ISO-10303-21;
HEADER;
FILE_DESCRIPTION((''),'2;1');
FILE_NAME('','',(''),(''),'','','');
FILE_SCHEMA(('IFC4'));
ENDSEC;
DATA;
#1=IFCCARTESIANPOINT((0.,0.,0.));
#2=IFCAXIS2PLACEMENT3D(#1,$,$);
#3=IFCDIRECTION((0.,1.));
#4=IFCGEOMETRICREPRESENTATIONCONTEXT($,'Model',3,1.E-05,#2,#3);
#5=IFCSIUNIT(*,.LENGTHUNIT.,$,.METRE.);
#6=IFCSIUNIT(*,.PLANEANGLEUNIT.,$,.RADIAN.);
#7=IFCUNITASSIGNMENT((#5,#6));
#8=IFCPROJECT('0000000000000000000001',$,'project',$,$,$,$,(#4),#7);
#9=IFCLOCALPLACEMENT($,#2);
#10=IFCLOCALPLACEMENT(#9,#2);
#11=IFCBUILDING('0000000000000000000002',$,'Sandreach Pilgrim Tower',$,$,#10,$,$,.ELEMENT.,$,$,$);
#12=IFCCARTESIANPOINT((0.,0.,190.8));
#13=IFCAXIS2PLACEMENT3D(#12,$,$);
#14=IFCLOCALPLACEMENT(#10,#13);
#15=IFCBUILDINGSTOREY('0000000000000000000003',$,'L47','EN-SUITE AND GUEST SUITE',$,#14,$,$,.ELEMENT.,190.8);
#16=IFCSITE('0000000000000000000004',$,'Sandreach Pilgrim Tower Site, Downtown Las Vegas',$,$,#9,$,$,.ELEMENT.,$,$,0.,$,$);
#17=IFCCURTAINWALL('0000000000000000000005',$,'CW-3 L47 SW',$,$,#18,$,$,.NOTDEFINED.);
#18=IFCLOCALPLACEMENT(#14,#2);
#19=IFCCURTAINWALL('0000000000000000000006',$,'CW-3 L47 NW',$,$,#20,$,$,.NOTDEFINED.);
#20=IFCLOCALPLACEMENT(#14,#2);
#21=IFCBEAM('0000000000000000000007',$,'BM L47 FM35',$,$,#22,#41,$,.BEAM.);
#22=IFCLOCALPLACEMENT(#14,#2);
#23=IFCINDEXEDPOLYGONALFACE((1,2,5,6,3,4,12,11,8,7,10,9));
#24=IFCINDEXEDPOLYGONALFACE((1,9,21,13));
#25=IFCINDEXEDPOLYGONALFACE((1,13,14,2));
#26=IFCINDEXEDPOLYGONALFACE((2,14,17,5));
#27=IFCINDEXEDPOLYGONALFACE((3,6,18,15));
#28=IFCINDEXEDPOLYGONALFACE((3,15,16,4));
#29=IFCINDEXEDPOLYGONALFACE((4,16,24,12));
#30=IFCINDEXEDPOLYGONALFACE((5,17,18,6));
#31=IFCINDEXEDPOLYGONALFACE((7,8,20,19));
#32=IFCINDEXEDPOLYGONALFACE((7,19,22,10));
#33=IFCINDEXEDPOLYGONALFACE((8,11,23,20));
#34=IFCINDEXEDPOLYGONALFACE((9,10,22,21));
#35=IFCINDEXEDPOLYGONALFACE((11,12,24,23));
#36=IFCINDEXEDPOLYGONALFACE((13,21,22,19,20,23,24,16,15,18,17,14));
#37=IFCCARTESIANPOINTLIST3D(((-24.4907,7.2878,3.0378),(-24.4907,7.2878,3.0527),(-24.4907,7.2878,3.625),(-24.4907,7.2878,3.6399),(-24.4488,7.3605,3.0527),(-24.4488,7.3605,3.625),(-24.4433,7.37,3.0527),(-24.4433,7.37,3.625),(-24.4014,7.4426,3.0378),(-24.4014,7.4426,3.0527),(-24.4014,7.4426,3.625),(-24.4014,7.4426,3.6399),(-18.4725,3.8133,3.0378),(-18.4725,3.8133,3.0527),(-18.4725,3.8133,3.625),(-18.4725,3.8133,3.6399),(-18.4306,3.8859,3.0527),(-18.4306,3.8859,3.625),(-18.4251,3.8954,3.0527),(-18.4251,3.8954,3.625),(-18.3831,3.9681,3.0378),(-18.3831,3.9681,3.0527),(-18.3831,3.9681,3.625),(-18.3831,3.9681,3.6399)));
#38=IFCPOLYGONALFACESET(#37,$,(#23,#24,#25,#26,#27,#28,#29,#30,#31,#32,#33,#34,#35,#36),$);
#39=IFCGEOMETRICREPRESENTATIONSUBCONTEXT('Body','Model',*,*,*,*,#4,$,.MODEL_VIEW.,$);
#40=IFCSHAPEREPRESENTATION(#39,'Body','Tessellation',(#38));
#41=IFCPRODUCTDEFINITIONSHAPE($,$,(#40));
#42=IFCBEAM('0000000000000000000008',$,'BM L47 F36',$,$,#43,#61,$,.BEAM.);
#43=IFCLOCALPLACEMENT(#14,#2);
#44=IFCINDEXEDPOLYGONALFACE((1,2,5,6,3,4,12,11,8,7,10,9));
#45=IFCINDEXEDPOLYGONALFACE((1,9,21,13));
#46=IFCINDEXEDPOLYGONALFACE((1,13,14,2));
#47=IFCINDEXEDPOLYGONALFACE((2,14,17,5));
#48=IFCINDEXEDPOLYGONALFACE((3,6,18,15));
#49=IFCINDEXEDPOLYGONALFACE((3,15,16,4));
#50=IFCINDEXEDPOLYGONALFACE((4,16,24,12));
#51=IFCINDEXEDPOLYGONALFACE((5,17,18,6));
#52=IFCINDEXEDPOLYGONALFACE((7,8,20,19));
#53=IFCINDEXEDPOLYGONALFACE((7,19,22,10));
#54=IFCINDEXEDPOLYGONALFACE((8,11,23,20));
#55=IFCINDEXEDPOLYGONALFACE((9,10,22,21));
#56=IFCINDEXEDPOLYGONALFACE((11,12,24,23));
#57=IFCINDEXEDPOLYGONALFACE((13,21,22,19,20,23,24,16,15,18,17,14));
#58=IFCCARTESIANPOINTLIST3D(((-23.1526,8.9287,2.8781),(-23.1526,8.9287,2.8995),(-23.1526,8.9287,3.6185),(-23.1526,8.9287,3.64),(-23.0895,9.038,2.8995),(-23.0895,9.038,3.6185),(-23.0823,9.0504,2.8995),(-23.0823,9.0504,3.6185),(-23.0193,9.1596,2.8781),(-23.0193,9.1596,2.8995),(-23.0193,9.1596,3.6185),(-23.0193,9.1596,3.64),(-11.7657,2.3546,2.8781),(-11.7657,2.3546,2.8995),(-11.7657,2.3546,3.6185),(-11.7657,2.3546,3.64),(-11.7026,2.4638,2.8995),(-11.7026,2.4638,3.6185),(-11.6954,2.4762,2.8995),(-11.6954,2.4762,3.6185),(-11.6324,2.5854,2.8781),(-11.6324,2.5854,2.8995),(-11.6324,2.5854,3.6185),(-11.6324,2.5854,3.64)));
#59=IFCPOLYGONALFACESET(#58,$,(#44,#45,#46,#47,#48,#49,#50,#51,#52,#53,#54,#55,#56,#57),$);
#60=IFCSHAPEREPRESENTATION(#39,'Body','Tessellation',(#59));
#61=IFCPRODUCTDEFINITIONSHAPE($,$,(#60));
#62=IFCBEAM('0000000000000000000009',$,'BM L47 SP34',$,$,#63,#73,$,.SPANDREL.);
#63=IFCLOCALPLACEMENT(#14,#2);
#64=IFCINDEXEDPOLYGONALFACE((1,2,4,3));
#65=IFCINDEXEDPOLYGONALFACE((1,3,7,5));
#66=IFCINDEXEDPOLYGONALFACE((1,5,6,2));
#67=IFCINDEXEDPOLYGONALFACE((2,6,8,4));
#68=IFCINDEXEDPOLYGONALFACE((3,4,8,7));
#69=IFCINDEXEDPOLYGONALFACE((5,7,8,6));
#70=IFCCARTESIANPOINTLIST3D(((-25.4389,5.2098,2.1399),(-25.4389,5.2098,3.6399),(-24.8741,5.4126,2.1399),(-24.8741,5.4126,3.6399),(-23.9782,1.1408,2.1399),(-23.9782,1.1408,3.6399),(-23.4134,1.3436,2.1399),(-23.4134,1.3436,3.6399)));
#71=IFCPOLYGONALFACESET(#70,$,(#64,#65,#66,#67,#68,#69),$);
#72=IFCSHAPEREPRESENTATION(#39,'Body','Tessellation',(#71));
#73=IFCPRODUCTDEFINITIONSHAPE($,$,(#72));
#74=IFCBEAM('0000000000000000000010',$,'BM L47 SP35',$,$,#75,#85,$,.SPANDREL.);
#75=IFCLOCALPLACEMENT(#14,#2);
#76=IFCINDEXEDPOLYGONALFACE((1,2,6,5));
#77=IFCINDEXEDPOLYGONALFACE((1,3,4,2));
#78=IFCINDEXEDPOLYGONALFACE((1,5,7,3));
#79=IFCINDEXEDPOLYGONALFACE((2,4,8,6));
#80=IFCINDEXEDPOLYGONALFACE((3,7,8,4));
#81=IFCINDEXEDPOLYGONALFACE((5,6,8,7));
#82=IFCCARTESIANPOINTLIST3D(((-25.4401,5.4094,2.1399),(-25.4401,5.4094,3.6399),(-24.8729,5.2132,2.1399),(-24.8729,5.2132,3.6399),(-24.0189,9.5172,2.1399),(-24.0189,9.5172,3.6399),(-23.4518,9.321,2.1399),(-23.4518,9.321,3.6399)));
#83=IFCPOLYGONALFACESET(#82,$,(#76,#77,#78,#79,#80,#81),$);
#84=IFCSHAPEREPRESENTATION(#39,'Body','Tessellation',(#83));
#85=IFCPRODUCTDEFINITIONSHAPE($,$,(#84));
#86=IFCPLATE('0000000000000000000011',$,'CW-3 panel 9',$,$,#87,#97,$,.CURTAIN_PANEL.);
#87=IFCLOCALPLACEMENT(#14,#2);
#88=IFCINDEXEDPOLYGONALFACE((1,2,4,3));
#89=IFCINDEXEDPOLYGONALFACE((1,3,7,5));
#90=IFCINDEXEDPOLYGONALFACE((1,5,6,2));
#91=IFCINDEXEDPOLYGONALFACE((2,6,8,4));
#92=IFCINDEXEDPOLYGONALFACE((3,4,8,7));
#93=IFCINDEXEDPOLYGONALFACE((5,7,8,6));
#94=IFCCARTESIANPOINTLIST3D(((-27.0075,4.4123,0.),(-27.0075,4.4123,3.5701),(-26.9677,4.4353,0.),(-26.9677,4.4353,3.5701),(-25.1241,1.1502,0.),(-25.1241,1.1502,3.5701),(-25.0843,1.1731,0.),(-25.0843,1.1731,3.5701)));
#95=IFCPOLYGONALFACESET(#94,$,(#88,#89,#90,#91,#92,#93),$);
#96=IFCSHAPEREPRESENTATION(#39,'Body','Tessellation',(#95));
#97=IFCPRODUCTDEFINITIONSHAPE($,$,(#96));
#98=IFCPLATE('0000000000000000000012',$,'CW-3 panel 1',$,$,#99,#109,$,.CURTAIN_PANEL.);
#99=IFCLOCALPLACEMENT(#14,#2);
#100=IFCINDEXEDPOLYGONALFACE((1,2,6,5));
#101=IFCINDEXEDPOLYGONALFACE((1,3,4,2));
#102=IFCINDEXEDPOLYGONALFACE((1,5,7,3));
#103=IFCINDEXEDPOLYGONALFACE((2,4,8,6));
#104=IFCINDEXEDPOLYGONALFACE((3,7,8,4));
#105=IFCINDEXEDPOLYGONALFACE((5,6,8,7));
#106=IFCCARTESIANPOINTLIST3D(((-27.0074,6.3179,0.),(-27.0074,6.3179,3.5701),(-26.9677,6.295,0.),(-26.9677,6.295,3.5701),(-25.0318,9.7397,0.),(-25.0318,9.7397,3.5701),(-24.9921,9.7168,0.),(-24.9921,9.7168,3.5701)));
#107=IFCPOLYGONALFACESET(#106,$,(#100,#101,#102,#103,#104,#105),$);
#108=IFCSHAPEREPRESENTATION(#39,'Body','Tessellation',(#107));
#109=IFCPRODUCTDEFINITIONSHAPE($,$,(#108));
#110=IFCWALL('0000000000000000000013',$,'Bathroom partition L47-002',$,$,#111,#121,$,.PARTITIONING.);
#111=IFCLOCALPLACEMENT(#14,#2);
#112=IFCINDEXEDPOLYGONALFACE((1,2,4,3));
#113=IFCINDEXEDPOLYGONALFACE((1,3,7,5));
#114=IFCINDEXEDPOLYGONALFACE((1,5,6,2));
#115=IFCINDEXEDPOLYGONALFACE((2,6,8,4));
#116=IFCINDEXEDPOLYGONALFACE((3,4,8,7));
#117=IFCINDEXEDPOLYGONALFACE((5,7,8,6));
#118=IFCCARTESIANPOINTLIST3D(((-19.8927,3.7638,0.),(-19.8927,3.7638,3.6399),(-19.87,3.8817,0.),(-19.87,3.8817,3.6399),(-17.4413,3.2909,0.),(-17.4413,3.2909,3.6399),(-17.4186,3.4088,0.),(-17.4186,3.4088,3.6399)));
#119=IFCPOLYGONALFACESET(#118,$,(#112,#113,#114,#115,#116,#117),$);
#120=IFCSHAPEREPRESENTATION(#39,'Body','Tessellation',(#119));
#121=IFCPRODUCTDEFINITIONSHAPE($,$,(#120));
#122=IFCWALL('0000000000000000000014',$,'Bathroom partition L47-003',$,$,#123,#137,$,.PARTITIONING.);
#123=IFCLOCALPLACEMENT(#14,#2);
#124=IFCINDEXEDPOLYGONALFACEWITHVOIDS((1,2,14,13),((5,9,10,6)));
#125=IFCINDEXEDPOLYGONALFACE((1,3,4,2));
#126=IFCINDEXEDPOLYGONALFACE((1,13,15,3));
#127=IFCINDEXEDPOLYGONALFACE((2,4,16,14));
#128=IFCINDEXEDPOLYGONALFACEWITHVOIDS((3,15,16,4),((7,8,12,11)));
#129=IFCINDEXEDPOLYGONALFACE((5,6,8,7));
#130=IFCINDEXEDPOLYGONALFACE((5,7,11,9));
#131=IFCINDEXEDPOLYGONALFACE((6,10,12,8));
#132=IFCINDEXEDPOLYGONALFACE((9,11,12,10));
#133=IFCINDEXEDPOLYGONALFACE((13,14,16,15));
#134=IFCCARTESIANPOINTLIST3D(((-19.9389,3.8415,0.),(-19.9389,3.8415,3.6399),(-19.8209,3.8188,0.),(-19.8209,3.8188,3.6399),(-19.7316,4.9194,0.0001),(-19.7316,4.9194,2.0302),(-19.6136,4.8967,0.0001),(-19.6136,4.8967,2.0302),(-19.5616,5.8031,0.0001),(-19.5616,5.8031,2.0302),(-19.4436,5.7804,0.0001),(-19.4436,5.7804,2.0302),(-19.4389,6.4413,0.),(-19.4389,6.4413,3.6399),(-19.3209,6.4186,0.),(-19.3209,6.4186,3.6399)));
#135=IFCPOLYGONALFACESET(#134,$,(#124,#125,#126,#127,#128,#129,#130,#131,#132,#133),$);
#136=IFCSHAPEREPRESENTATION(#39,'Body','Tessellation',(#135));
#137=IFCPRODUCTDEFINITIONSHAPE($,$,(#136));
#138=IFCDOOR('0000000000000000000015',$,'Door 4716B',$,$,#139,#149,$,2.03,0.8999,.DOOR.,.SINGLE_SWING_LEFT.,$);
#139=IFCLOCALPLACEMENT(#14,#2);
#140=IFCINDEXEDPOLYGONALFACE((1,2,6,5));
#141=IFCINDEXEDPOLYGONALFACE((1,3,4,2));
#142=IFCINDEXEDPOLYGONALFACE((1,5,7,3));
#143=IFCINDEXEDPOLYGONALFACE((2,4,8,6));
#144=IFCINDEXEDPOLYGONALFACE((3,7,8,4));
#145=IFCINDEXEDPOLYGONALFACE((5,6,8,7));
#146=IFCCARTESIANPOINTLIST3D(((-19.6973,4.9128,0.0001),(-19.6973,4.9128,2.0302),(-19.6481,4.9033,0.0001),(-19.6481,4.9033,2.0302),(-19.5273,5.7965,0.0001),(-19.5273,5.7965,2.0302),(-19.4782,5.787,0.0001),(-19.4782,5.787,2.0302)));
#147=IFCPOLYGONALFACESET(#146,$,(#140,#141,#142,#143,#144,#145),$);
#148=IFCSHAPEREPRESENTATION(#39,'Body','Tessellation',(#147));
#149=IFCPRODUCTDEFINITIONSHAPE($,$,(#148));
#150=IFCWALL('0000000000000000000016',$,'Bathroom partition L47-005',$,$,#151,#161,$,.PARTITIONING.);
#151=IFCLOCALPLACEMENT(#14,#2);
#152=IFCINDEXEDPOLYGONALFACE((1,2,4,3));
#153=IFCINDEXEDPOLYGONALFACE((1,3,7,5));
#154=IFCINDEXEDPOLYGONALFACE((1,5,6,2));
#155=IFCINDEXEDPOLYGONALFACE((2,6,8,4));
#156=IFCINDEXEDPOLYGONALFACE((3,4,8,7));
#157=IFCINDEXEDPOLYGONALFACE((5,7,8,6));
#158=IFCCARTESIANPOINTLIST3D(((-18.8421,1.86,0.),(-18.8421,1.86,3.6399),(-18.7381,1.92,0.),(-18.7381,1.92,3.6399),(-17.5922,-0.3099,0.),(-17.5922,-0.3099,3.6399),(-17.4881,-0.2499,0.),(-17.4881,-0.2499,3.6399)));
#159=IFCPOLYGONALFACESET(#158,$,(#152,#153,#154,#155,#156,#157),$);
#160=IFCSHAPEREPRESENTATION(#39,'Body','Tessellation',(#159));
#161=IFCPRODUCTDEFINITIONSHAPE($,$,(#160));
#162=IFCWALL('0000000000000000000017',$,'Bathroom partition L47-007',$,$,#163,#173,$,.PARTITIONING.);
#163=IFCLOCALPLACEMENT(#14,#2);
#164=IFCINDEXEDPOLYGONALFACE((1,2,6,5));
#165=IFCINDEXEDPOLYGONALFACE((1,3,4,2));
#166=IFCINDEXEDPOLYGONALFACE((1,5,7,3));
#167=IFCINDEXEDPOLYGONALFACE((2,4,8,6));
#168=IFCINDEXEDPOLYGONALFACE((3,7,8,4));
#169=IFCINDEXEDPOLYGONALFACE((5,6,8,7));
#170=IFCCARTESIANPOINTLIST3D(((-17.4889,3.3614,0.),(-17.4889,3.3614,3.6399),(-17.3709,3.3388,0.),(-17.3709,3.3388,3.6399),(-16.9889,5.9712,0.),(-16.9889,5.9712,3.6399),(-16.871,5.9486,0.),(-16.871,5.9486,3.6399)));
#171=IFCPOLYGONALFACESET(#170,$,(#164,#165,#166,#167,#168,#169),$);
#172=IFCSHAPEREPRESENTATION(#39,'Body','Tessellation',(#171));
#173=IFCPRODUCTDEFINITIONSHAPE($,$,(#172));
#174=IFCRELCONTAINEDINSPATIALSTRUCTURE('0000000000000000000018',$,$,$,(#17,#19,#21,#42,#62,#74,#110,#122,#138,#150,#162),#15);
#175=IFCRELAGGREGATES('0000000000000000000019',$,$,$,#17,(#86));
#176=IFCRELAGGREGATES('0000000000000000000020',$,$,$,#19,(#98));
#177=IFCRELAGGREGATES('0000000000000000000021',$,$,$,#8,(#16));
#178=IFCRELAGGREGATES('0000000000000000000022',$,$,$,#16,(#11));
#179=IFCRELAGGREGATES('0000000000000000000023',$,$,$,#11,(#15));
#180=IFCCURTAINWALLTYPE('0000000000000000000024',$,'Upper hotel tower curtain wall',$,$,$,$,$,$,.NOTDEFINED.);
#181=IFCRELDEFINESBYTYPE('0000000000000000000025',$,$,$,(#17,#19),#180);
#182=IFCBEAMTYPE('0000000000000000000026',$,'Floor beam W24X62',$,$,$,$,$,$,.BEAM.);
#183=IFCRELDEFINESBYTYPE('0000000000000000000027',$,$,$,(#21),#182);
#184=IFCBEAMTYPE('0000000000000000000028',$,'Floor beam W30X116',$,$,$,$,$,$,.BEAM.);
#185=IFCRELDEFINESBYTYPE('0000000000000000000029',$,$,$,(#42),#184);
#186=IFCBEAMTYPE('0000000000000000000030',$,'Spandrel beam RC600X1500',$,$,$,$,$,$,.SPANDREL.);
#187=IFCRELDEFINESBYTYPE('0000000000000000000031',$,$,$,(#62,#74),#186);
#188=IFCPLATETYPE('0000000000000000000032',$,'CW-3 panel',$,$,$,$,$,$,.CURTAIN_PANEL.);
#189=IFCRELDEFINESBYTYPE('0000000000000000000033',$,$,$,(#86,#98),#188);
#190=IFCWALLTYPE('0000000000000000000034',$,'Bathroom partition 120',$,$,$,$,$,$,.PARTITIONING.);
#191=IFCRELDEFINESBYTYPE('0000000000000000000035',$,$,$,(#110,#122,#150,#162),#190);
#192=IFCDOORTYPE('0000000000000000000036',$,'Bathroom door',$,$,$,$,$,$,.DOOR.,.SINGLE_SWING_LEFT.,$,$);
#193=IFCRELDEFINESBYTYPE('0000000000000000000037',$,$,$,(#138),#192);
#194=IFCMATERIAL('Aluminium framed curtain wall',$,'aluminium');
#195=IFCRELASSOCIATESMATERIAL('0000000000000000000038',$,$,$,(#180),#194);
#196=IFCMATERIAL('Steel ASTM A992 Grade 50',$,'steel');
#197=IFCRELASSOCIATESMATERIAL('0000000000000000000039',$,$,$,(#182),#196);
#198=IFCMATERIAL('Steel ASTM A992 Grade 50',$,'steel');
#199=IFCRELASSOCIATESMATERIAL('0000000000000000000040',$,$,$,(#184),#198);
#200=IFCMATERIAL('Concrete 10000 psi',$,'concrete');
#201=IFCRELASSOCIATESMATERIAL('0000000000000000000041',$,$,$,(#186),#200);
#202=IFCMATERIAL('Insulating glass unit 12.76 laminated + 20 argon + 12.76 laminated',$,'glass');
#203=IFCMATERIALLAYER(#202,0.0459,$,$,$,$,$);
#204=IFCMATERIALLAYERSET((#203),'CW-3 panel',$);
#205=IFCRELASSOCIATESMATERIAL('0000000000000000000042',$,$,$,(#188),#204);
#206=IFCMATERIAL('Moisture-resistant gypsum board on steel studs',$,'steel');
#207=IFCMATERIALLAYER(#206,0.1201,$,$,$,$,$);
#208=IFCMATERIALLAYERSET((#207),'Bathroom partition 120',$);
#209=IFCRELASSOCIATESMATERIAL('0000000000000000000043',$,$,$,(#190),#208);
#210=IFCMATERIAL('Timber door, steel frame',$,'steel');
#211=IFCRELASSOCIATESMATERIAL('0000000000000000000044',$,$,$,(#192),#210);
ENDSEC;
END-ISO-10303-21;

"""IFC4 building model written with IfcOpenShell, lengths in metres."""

from ifc_helpers import new_model, si_unit, direction, frame, frame_2d, origin, origin_2d, place, context, subcontext, project, spatial, rectangle, i_section, extrude, material, layer, layer_set, material_profile, profile_set, type_object, element, fill, aggregate, save


model = new_model("IFC4")

# Units and contexts
model_context = context("Model", 3, precision=1e-05, world=origin(), true_north=direction((0.0, 1.0)))
body_context = subcontext(model_context, "Body", "Model", "MODEL_VIEW")
ifc_project = project(units=[si_unit("LENGTHUNIT", "METRE"), si_unit("PLANEANGLEUNIT", "RADIAN")], contexts=[model_context])

# Site, building, storey
site_placement = place(None, origin())
site = spatial("IfcSite", under=ifc_project, at=site_placement, Name="Sandreach Pilgrim Tower Site, Downtown Las Vegas", CompositionType="ELEMENT", RefElevation=0.0)
building_placement = place(site_placement, origin())
building = spatial("IfcBuilding", under=site, at=building_placement, Name="Sandreach Pilgrim Tower", CompositionType="ELEMENT")
storey_placement = place(building_placement, frame((0.0, 0.0, 190.8)))
storey = spatial("IfcBuildingStorey", under=building, at=storey_placement, Name="L47", Description="EN-SUITE AND GUEST SUITE", CompositionType="ELEMENT", Elevation=190.8)

# Curtain wall
ifc_material_1 = material(Name="Aluminium framed curtain wall", Category="aluminium")
curtain_wall_type = type_object("IfcCurtainWallType", Name="Upper hotel tower curtain wall", PredefinedType="NOTDEFINED", material=ifc_material_1)
curtain_wall_1_placement = place(storey_placement, origin())
curtain_wall_1 = element("IfcCurtainWall", 1, at=curtain_wall_1_placement, inside=storey, type_object=curtain_wall_type, Name="CW-3 L47 SW", PredefinedType="NOTDEFINED")

# Curtain wall
curtain_wall_2_placement = place(storey_placement, origin())
curtain_wall_2 = element("IfcCurtainWall", 2, at=curtain_wall_2_placement, inside=storey, type_object=curtain_wall_type, Name="CW-3 L47 NW", PredefinedType="NOTDEFINED")

# Beams
ifc_material_2 = material(Name="Steel ASTM A992 Grade 50", Category="steel")
ifc_material_profile_1 = material_profile(ifc_material_2, i_section(OverallWidth=0.1787, OverallDepth=0.6021, WebThickness=0.011, FlangeThickness=0.0149, at=origin_2d()), Name="W24X62")
ifc_profile_set_1 = profile_set([ifc_material_profile_1], Name="Steel ASTM A992 Grade 50")
beam_type_1 = type_object("IfcBeamType", Name="Floor beam W24X62", PredefinedType="BEAM", material=ifc_profile_set_1)
beam_1_placement = place(storey_placement, frame((-24.446, 7.3652, 3.3389), z_axis=(0.866029, -0.499993, 0.0), x_axis=(0.499993, 0.866029, 0.0)))
element("IfcBeam", 3, at=beam_1_placement, inside=storey, type_object=beam_type_1, Name="BM L47 FM35", PredefinedType="BEAM", context=body_context, shape_type="SweptSolid", body=[
    extrude(i_section(OverallWidth=0.1787, OverallDepth=0.6021, WebThickness=0.011, FlangeThickness=0.0149, at=origin_2d()), origin(), (0.0, 0.0, 1.0), 6.9492),
])
ifc_material_3 = material(Name="Steel ASTM A992 Grade 50", Category="steel")
ifc_material_profile_2 = material_profile(ifc_material_3, i_section(OverallWidth=0.2666, OverallDepth=0.762, WebThickness=0.0144, FlangeThickness=0.0215, at=origin_2d()), Name="W30X116")
ifc_profile_set_2 = profile_set([ifc_material_profile_2], Name="Steel ASTM A992 Grade 50")
beam_type_2 = type_object("IfcBeamType", Name="Floor beam W30X116", PredefinedType="BEAM", material=ifc_profile_set_2)
beam_2_placement = place(storey_placement, frame((-23.0859, 9.0442, 3.259), z_axis=(0.866027, -0.499997, 0.0), x_axis=(0.499997, 0.866027, 0.0)))
element("IfcBeam", 4, at=beam_2_placement, inside=storey, type_object=beam_type_2, Name="BM L47 F36", PredefinedType="BEAM", context=body_context, shape_type="SweptSolid", body=[
    extrude(i_section(OverallWidth=0.2666, OverallDepth=0.762, WebThickness=0.0144, FlangeThickness=0.0215, at=origin_2d()), origin(), (0.0, 0.0, 1.0), 13.1484),
])
ifc_material_4 = material(Name="Concrete 10000 psi", Category="concrete")
ifc_material_profile_3 = material_profile(ifc_material_4, rectangle(XDim=0.6001, YDim=1.5, at=origin_2d()), Name="RC600X1500")
ifc_profile_set_3 = profile_set([ifc_material_profile_3], Name="Concrete 10000 psi")
beam_type_3 = type_object("IfcBeamType", Name="Spandrel beam RC600X1500", PredefinedType="SPANDREL", material=ifc_profile_set_3)
beam_3_placement = place(storey_placement, frame((-23.6958, 1.2422, 2.8899), z_axis=(-0.337863, 0.941195, 0.0), x_axis=(-0.941195, -0.337863, 0.0)))
element("IfcBeam", 5, at=beam_3_placement, inside=storey, type_object=beam_type_3, Name="BM L47 SP34", PredefinedType="SPANDREL", context=body_context, shape_type="SweptSolid", body=[
    extrude(rectangle(XDim=0.6001, YDim=1.5, at=origin_2d()), origin(), (0.0, 0.0, 1.0), 4.3232),
])
beam_4_placement = place(storey_placement, frame((-25.1565, 5.3113, 2.8899), z_axis=(0.326941, 0.945045, 0.0), x_axis=(-0.945045, 0.326941, 0.0)))
element("IfcBeam", 6, at=beam_4_placement, inside=storey, type_object=beam_type_3, Name="BM L47 SP35", PredefinedType="SPANDREL", context=body_context, shape_type="SweptSolid", body=[
    extrude(rectangle(XDim=0.6001, YDim=1.5, at=origin_2d()), origin(), (0.0, 0.0, 1.0), 4.3467),
])

# Plates
ifc_material_5 = material(Name="Insulating glass unit 12.76 laminated + 20 argon + 12.76 laminated", Category="glass")
ifc_layer_1 = layer(ifc_material_5, 0.0459)
ifc_layer_set_1 = layer_set([ifc_layer_1], Name="CW-3 panel")
plate_type = type_object("IfcPlateType", Name="CW-3 panel", PredefinedType="CURTAIN_PANEL", material=ifc_layer_set_1)
plate_1_placement = place(storey_placement, frame((-26.0459, 2.7927, 0.0), z_axis=(0.0, 0.0, 1.0), x_axis=(-0.5, 0.866025, 0.0)))
plate_1 = element("IfcPlate", 7, at=plate_1_placement, type_object=plate_type, Name="CW-3 panel 9", PredefinedType="CURTAIN_PANEL", context=body_context, shape_type="SweptSolid", body=[
    extrude(rectangle(XDim=3.7668, YDim=0.0459, at=origin_2d()), origin(), (0.0, 0.0, 1.0), 3.5701),
])
aggregate(curtain_wall_1, [plate_1])
plate_2_placement = place(storey_placement, frame((-25.9998, 8.0173, 0.0), z_axis=(0.0, 0.0, 1.0), x_axis=(0.5, 0.866025, 0.0)))
plate_2 = element("IfcPlate", 8, at=plate_2_placement, type_object=plate_type, Name="CW-3 panel 1", PredefinedType="CURTAIN_PANEL", context=body_context, shape_type="SweptSolid", body=[
    extrude(rectangle(XDim=3.9512, YDim=0.0459, at=origin_2d()), origin(), (0.0, 0.0, 1.0), 3.5701),
])
aggregate(curtain_wall_2, [plate_2])

# Wall
ifc_material_6 = material(Name="Moisture-resistant gypsum board on steel studs", Category="steel")
ifc_layer_2 = layer(ifc_material_6, 0.1201)
ifc_layer_set_2 = layer_set([ifc_layer_2], Name="Bathroom partition 120")
wall_type_1 = type_object("IfcWallType", Name="Bathroom partition 120", PredefinedType="PARTITIONING", material=ifc_layer_set_2)
wall_1_placement = place(storey_placement, frame((-19.8813, 3.8228, 0.0), z_axis=(0.0, 0.0, 1.0), x_axis=(0.981897, -0.189417, 0.0)))
element("IfcWall", 9, at=wall_1_placement, inside=storey, type_object=wall_type_1, Name="Bathroom partition L47-002", PredefinedType="PARTITIONING", context=body_context, shape_type="SweptSolid", body=[
    extrude(rectangle(XDim=2.4966, YDim=0.1201, at=frame_2d((1.2483, 0.0))), origin(), (0.0, 0.0, 1.0), 3.6399),
])

# Wall, opening, door
wall_2_placement = place(storey_placement, frame((-19.3799, 6.4299, 0.0), z_axis=(0.0, 0.0, 1.0), x_axis=(-0.188858, -0.982004, 0.0)))
wall_2 = element("IfcWall", 10, at=wall_2_placement, inside=storey, type_object=wall_type_1, Name="Bathroom partition L47-003", PredefinedType="PARTITIONING", context=body_context, shape_type="SweptSolid", body=[
    extrude(rectangle(XDim=2.6475, YDim=0.1201, at=frame_2d((1.3237, 0.0))), origin(), (0.0, 0.0, 1.0), 3.6399),
])
opening_1_placement = place(wall_2_placement, frame((0.6499, 0.0, 0.0)))
opening_1 = element("IfcOpeningElement", 11, at=opening_1_placement, cuts=wall_2, PredefinedType="OPENING", context=body_context, shape_type="SweptSolid", body=[
    extrude(rectangle(XDim=0.8999, YDim=2.03, at=frame_2d((0.45, 1.0151))), frame((0.0, 0.0601, 0.0), z_axis=(0.0, -1.0, 0.0), x_axis=(1.0, 0.0, 0.0)), (0.0, 0.0, 1.0), 0.1201),
])
ifc_material_7 = material(Name="Timber door, steel frame", Category="steel")
door_type_1 = type_object("IfcDoorType", Name="Bathroom door", OperationType="SINGLE_SWING_LEFT", PredefinedType="DOOR", material=ifc_material_7)
door_1_placement = place(opening_1_placement, origin())
door_1 = element("IfcDoor", 12, at=door_1_placement, inside=storey, type_object=door_type_1, Name="Door 4716B", OperationType="SINGLE_SWING_LEFT", OverallHeight=2.03, OverallWidth=0.8999, PredefinedType="DOOR", context=body_context, shape_type="SweptSolid", body=[
    extrude(rectangle(XDim=0.8999, YDim=2.03, at=frame_2d((0.45, 1.0151))), frame((0.0, 0.0249, 0.0), z_axis=(0.0, -1.0, 0.0), x_axis=(1.0, 0.0, 0.0)), (0.0, 0.0, 1.0), 0.05),
])
fill(opening_1, door_1)

# Walls
wall_3_placement = place(storey_placement, frame((-18.79, 1.8899, 0.0), z_axis=(0.0, 0.0, 1.0), x_axis=(0.49916, -0.86651, 0.0)))
element("IfcWall", 13, at=wall_3_placement, inside=storey, type_object=wall_type_1, Name="Bathroom partition L47-005", PredefinedType="PARTITIONING", context=body_context, shape_type="SweptSolid", body=[
    extrude(rectangle(XDim=2.5042, YDim=0.1201, at=frame_2d((1.252, 0.0))), origin(), (0.0, 0.0, 1.0), 3.6399),
])
wall_4_placement = place(storey_placement, frame((-17.4299, 3.3501, 0.0), z_axis=(0.0, 0.0, 1.0), x_axis=(0.188159, 0.982139, 0.0)))
element("IfcWall", 14, at=wall_4_placement, inside=storey, type_object=wall_type_1, Name="Bathroom partition L47-007", PredefinedType="PARTITIONING", context=body_context, shape_type="SweptSolid", body=[
    extrude(rectangle(XDim=2.6572, YDim=0.1201, at=frame_2d((1.3286, 0.0))), origin(), (0.0, 0.0, 1.0), 3.6399),
])

save(model, "model.ifc")
